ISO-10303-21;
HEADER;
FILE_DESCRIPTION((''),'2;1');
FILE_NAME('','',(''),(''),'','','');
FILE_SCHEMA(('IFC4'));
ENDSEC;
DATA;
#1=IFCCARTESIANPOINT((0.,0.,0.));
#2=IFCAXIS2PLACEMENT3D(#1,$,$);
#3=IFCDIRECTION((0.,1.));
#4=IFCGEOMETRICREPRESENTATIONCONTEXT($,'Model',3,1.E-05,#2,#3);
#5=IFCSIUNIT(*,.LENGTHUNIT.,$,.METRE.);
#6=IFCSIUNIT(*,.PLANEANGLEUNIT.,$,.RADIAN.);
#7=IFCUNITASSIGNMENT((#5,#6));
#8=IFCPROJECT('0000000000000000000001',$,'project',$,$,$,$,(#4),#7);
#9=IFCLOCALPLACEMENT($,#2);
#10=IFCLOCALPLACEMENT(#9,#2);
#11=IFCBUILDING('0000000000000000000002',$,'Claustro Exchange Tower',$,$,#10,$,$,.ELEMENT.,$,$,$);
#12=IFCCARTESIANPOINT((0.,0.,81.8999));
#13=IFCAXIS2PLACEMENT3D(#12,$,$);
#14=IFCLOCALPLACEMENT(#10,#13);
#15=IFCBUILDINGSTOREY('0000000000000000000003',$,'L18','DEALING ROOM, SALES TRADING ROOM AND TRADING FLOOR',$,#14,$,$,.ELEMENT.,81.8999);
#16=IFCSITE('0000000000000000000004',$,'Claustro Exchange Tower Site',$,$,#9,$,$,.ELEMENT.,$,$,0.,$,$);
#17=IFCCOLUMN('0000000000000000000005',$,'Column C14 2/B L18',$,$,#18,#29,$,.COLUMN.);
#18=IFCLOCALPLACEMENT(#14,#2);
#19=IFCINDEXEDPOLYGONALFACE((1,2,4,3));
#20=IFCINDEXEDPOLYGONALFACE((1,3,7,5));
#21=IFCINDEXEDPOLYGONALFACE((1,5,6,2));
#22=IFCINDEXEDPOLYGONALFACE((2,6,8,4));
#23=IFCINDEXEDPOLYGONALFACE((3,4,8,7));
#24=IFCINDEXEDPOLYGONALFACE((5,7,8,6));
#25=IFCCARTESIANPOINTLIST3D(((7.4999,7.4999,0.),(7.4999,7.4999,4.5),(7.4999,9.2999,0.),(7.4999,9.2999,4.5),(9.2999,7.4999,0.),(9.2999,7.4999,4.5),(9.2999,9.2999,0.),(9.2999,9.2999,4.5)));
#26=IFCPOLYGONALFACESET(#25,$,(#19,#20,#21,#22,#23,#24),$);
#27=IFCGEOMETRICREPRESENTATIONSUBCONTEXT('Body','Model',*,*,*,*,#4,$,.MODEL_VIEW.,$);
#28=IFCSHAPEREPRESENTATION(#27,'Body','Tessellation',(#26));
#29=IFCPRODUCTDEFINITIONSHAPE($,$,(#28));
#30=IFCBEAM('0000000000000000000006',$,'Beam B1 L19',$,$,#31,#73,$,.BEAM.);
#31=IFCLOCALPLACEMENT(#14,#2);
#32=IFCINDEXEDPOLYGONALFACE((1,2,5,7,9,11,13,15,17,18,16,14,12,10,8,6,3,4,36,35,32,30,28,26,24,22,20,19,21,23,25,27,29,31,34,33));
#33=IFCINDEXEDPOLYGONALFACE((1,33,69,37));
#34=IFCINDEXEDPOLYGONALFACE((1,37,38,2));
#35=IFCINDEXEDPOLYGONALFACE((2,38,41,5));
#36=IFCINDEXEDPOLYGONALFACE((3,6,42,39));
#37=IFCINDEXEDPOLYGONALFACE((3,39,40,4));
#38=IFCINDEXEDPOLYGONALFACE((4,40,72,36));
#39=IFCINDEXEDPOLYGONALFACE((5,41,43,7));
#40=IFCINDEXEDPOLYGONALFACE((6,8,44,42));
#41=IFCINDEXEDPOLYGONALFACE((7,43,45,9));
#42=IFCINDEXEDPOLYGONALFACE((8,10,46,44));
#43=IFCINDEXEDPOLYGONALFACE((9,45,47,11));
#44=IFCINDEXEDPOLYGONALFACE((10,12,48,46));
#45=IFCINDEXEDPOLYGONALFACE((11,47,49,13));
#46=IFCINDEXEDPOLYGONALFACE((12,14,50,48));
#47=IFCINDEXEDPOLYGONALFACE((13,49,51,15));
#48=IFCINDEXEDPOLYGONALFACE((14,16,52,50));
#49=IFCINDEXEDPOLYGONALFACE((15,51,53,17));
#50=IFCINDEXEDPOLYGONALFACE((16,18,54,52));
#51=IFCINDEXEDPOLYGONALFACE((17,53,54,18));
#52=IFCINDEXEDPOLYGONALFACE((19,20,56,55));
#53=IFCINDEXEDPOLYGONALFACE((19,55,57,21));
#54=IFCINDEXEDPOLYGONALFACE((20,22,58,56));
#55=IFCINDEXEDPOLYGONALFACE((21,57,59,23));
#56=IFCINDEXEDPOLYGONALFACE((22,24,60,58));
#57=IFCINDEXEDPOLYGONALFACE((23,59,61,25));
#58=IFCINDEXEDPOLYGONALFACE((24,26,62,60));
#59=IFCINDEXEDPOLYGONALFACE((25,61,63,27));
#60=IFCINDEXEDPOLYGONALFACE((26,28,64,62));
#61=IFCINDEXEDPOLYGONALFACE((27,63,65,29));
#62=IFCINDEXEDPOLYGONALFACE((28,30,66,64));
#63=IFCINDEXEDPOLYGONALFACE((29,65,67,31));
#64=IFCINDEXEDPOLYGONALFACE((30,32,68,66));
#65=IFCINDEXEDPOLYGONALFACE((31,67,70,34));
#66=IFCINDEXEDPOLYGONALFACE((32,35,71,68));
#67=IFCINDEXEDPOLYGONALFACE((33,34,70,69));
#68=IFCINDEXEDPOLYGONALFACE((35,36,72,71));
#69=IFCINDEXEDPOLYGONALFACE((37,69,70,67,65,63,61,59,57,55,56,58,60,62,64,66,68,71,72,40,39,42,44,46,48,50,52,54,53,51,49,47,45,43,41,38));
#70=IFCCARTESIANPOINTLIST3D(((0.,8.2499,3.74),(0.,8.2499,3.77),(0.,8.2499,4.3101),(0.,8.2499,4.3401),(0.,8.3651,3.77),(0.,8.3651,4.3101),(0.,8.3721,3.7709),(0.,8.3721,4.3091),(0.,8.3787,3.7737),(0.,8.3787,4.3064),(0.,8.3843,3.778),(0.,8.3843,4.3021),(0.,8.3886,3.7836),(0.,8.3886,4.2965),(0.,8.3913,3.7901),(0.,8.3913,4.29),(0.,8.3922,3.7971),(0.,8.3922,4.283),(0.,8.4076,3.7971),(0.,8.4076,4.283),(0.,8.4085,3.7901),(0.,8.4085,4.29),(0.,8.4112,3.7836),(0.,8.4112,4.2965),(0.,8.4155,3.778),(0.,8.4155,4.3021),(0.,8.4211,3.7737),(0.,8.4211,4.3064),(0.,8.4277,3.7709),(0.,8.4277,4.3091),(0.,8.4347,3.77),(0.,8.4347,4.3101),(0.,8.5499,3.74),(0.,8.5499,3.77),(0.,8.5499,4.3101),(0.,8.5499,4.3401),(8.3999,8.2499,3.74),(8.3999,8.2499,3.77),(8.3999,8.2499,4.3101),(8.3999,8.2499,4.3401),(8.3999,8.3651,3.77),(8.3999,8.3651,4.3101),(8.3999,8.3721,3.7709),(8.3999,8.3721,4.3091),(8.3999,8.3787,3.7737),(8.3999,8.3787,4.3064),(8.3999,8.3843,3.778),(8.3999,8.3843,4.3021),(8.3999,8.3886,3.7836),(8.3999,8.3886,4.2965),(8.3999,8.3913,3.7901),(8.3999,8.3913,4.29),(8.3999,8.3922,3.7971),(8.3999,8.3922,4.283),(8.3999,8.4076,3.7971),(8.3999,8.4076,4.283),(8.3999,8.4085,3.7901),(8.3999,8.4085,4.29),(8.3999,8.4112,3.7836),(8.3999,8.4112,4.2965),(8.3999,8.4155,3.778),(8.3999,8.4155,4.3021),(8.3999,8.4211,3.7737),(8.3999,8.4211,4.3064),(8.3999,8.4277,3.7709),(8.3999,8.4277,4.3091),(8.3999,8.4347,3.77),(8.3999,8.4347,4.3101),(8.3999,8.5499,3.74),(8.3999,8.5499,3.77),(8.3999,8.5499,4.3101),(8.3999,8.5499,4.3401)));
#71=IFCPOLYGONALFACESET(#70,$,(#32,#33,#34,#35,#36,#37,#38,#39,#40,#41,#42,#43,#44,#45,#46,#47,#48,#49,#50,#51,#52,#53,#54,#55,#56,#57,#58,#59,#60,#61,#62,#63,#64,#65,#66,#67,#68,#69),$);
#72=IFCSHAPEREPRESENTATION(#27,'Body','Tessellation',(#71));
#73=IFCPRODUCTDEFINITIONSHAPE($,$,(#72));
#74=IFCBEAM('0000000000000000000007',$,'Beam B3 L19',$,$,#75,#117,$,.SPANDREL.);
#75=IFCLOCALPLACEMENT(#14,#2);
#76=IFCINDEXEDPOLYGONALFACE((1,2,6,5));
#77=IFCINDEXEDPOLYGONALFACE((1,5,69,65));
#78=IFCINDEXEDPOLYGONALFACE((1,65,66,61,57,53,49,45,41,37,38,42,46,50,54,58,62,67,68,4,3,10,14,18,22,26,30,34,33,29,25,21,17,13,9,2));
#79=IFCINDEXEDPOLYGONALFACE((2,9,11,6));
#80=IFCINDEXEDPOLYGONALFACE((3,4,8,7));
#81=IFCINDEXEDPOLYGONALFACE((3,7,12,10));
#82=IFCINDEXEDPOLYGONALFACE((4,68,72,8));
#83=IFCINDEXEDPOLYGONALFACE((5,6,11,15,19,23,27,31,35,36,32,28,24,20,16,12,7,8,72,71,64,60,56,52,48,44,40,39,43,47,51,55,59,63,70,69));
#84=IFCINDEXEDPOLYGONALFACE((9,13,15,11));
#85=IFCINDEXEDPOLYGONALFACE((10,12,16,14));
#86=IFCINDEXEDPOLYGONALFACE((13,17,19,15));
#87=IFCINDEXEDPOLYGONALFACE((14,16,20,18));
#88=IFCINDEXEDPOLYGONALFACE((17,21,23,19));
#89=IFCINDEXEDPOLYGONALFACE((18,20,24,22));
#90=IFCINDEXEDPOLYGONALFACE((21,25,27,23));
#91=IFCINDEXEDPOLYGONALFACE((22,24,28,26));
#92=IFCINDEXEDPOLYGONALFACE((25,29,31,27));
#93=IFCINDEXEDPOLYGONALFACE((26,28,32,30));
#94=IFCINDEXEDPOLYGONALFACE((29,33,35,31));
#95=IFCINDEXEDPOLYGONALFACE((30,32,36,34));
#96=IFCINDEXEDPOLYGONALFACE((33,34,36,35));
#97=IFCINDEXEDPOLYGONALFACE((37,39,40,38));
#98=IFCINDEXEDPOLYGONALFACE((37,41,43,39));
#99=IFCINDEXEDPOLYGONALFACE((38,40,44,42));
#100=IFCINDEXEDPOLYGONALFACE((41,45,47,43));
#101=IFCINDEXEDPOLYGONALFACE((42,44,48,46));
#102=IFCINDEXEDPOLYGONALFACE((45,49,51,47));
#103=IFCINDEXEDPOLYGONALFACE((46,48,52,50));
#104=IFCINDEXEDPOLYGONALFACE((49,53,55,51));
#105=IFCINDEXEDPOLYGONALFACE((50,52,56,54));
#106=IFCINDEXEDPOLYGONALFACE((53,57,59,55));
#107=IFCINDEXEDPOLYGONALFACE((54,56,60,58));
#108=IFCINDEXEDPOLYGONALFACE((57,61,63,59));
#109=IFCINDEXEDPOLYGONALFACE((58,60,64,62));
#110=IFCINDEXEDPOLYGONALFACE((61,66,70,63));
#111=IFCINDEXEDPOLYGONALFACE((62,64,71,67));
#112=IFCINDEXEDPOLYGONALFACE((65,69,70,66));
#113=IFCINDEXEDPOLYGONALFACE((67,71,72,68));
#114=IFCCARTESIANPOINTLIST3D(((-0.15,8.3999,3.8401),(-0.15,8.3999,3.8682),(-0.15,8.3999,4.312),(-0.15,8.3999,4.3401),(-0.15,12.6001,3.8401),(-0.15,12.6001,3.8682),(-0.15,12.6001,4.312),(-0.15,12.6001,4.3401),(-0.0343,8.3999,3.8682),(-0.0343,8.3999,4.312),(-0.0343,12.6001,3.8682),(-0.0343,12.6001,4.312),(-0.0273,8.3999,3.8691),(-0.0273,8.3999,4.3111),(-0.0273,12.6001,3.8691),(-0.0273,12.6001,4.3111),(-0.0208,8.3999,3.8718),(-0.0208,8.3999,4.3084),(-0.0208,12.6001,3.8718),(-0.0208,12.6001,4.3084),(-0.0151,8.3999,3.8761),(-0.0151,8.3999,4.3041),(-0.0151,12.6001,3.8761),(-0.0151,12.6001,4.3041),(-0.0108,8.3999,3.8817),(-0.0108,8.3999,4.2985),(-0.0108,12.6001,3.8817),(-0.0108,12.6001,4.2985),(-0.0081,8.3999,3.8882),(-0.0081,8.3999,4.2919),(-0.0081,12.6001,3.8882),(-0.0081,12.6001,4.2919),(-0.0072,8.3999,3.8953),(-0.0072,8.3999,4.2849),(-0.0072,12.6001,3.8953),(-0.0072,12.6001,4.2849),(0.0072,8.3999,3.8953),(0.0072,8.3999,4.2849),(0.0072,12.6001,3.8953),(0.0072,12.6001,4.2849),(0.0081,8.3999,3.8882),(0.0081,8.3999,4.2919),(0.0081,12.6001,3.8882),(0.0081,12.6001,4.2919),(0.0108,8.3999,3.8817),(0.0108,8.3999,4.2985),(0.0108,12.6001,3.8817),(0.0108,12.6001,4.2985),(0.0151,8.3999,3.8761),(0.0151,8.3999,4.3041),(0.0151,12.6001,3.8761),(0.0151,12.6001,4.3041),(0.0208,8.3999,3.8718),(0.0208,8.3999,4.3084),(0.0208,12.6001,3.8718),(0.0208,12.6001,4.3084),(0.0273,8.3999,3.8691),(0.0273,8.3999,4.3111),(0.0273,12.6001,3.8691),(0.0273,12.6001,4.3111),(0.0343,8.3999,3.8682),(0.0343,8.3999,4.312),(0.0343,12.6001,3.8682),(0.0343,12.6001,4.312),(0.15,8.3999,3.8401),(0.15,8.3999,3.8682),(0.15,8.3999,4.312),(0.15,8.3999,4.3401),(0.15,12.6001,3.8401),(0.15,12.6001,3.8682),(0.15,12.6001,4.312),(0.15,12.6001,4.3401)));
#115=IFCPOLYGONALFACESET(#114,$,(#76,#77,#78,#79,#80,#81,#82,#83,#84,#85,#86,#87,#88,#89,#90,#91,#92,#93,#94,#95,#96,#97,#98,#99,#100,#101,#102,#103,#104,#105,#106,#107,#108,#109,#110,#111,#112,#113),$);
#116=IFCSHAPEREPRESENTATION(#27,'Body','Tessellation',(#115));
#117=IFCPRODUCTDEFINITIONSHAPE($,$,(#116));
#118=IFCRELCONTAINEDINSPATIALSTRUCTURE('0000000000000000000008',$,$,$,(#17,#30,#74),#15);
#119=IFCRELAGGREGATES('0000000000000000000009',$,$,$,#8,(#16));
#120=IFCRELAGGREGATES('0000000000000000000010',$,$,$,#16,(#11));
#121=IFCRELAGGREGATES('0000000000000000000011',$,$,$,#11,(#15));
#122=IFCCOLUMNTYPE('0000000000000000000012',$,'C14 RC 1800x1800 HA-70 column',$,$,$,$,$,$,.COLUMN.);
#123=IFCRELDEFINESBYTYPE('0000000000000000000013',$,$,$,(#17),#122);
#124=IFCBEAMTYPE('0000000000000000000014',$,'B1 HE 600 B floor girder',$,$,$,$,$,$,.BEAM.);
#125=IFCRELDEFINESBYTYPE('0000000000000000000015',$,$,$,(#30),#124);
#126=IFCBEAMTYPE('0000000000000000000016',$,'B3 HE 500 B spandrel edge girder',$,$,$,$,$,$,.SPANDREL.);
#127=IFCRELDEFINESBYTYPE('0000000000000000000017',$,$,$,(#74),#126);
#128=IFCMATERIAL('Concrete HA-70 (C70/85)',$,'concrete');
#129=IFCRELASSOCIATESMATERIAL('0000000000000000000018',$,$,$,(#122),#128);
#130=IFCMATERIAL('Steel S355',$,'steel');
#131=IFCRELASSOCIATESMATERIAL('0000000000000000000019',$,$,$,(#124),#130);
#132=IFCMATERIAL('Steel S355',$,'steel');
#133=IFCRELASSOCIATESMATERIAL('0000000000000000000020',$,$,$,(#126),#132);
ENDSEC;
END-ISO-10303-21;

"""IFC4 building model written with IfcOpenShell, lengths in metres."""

from ifc_helpers import new_model, si_unit, direction, frame, origin, origin_2d, place, context, subcontext, project, spatial, rectangle, i_section, extrude, material, material_profile, profile_set, type_object, element, save


model = new_model("IFC4")

# Units and contexts
model_context = context("Model", 3, precision=1e-05, world=origin(), true_north=direction((0.0, 1.0)))
body_context = subcontext(model_context, "Body", "Model", "MODEL_VIEW")
ifc_project = project(units=[si_unit("LENGTHUNIT", "METRE"), si_unit("PLANEANGLEUNIT", "RADIAN")], contexts=[model_context])

# Site, building, storey
site_placement = place(None, origin())
site = spatial("IfcSite", under=ifc_project, at=site_placement, Name="Claustro Exchange Tower Site", CompositionType="ELEMENT", RefElevation=0.0)
building_placement = place(site_placement, origin())
building = spatial("IfcBuilding", under=site, at=building_placement, Name="Claustro Exchange Tower", CompositionType="ELEMENT")
storey_placement = place(building_placement, frame((0.0, 0.0, 81.8999)))
storey = spatial("IfcBuildingStorey", under=building, at=storey_placement, Name="L18", Description="DEALING ROOM, SALES TRADING ROOM AND TRADING FLOOR", CompositionType="ELEMENT", Elevation=81.8999)

# Column
ifc_material_1 = material(Name="Concrete HA-70 (C70/85)", Category="concrete")
ifc_material_profile_1 = material_profile(ifc_material_1, rectangle(XDim=1.8, YDim=1.8, at=origin_2d()), Name="RC 1800x1800")
ifc_profile_set_1 = profile_set([ifc_material_profile_1], Name="Concrete HA-70 (C70/85)")
column_type = type_object("IfcColumnType", Name="C14 RC 1800x1800 HA-70 column", PredefinedType="COLUMN", material=ifc_profile_set_1)
column_placement = place(storey_placement, frame((8.3999, 8.3999, 0.0), z_axis=(0.0, 0.0, 1.0), x_axis=(1.0, 0.0, 0.0)))
element("IfcColumn", 1, at=column_placement, inside=storey, type_object=column_type, Name="Column C14 2/B L18", PredefinedType="COLUMN", context=body_context, shape_type="SweptSolid", body=[
    extrude(rectangle(XDim=1.8, YDim=1.8, at=origin_2d()), origin(), (0.0, 0.0, 1.0), 4.5),
])

# Beams
ifc_material_2 = material(Name="Steel S355", Category="steel")
ifc_material_profile_2 = material_profile(ifc_material_2, i_section(OverallWidth=0.3, OverallDepth=0.6001, WebThickness=0.0154, FlangeThickness=0.03, FilletRadius=0.0271, at=origin_2d()), Name="HE 600 B")
ifc_profile_set_2 = profile_set([ifc_material_profile_2], Name="Steel S355")
beam_type_1 = type_object("IfcBeamType", Name="B1 HE 600 B floor girder", PredefinedType="BEAM", material=ifc_profile_set_2)
beam_1_placement = place(storey_placement, frame((0.0, 8.3999, 4.04), z_axis=(1.0, 0.0, 0.0), x_axis=(0.0, 1.0, 0.0)))
element("IfcBeam", 2, at=beam_1_placement, inside=storey, type_object=beam_type_1, Name="Beam B1 L19", PredefinedType="BEAM", context=body_context, shape_type="SweptSolid", body=[
    extrude(i_section(OverallWidth=0.3, OverallDepth=0.6001, WebThickness=0.0154, FlangeThickness=0.03, FilletRadius=0.0271, at=origin_2d()), origin(), (0.0, 0.0, 1.0), 8.3999),
])
ifc_material_3 = material(Name="Steel S355", Category="steel")
ifc_material_profile_3 = material_profile(ifc_material_3, i_section(OverallWidth=0.3, OverallDepth=0.5, WebThickness=0.0144, FlangeThickness=0.0281, FilletRadius=0.0271, at=origin_2d()), Name="HE 500 B")
ifc_profile_set_3 = profile_set([ifc_material_profile_3], Name="Steel S355")
beam_type_2 = type_object("IfcBeamType", Name="B3 HE 500 B spandrel edge girder", PredefinedType="SPANDREL", material=ifc_profile_set_3)
beam_2_placement = place(storey_placement, frame((0.0, 8.3999, 4.0901), z_axis=(0.0, 1.0, 0.0), x_axis=(-1.0, 0.0, 0.0)))
element("IfcBeam", 3, at=beam_2_placement, inside=storey, type_object=beam_type_2, Name="Beam B3 L19", PredefinedType="SPANDREL", context=body_context, shape_type="SweptSolid", body=[
    extrude(i_section(OverallWidth=0.3, OverallDepth=0.5, WebThickness=0.0144, FlangeThickness=0.0281, FilletRadius=0.0271, at=origin_2d()), origin(), (0.0, 0.0, 1.0), 4.2002),
])

save(model, "model.ifc")
